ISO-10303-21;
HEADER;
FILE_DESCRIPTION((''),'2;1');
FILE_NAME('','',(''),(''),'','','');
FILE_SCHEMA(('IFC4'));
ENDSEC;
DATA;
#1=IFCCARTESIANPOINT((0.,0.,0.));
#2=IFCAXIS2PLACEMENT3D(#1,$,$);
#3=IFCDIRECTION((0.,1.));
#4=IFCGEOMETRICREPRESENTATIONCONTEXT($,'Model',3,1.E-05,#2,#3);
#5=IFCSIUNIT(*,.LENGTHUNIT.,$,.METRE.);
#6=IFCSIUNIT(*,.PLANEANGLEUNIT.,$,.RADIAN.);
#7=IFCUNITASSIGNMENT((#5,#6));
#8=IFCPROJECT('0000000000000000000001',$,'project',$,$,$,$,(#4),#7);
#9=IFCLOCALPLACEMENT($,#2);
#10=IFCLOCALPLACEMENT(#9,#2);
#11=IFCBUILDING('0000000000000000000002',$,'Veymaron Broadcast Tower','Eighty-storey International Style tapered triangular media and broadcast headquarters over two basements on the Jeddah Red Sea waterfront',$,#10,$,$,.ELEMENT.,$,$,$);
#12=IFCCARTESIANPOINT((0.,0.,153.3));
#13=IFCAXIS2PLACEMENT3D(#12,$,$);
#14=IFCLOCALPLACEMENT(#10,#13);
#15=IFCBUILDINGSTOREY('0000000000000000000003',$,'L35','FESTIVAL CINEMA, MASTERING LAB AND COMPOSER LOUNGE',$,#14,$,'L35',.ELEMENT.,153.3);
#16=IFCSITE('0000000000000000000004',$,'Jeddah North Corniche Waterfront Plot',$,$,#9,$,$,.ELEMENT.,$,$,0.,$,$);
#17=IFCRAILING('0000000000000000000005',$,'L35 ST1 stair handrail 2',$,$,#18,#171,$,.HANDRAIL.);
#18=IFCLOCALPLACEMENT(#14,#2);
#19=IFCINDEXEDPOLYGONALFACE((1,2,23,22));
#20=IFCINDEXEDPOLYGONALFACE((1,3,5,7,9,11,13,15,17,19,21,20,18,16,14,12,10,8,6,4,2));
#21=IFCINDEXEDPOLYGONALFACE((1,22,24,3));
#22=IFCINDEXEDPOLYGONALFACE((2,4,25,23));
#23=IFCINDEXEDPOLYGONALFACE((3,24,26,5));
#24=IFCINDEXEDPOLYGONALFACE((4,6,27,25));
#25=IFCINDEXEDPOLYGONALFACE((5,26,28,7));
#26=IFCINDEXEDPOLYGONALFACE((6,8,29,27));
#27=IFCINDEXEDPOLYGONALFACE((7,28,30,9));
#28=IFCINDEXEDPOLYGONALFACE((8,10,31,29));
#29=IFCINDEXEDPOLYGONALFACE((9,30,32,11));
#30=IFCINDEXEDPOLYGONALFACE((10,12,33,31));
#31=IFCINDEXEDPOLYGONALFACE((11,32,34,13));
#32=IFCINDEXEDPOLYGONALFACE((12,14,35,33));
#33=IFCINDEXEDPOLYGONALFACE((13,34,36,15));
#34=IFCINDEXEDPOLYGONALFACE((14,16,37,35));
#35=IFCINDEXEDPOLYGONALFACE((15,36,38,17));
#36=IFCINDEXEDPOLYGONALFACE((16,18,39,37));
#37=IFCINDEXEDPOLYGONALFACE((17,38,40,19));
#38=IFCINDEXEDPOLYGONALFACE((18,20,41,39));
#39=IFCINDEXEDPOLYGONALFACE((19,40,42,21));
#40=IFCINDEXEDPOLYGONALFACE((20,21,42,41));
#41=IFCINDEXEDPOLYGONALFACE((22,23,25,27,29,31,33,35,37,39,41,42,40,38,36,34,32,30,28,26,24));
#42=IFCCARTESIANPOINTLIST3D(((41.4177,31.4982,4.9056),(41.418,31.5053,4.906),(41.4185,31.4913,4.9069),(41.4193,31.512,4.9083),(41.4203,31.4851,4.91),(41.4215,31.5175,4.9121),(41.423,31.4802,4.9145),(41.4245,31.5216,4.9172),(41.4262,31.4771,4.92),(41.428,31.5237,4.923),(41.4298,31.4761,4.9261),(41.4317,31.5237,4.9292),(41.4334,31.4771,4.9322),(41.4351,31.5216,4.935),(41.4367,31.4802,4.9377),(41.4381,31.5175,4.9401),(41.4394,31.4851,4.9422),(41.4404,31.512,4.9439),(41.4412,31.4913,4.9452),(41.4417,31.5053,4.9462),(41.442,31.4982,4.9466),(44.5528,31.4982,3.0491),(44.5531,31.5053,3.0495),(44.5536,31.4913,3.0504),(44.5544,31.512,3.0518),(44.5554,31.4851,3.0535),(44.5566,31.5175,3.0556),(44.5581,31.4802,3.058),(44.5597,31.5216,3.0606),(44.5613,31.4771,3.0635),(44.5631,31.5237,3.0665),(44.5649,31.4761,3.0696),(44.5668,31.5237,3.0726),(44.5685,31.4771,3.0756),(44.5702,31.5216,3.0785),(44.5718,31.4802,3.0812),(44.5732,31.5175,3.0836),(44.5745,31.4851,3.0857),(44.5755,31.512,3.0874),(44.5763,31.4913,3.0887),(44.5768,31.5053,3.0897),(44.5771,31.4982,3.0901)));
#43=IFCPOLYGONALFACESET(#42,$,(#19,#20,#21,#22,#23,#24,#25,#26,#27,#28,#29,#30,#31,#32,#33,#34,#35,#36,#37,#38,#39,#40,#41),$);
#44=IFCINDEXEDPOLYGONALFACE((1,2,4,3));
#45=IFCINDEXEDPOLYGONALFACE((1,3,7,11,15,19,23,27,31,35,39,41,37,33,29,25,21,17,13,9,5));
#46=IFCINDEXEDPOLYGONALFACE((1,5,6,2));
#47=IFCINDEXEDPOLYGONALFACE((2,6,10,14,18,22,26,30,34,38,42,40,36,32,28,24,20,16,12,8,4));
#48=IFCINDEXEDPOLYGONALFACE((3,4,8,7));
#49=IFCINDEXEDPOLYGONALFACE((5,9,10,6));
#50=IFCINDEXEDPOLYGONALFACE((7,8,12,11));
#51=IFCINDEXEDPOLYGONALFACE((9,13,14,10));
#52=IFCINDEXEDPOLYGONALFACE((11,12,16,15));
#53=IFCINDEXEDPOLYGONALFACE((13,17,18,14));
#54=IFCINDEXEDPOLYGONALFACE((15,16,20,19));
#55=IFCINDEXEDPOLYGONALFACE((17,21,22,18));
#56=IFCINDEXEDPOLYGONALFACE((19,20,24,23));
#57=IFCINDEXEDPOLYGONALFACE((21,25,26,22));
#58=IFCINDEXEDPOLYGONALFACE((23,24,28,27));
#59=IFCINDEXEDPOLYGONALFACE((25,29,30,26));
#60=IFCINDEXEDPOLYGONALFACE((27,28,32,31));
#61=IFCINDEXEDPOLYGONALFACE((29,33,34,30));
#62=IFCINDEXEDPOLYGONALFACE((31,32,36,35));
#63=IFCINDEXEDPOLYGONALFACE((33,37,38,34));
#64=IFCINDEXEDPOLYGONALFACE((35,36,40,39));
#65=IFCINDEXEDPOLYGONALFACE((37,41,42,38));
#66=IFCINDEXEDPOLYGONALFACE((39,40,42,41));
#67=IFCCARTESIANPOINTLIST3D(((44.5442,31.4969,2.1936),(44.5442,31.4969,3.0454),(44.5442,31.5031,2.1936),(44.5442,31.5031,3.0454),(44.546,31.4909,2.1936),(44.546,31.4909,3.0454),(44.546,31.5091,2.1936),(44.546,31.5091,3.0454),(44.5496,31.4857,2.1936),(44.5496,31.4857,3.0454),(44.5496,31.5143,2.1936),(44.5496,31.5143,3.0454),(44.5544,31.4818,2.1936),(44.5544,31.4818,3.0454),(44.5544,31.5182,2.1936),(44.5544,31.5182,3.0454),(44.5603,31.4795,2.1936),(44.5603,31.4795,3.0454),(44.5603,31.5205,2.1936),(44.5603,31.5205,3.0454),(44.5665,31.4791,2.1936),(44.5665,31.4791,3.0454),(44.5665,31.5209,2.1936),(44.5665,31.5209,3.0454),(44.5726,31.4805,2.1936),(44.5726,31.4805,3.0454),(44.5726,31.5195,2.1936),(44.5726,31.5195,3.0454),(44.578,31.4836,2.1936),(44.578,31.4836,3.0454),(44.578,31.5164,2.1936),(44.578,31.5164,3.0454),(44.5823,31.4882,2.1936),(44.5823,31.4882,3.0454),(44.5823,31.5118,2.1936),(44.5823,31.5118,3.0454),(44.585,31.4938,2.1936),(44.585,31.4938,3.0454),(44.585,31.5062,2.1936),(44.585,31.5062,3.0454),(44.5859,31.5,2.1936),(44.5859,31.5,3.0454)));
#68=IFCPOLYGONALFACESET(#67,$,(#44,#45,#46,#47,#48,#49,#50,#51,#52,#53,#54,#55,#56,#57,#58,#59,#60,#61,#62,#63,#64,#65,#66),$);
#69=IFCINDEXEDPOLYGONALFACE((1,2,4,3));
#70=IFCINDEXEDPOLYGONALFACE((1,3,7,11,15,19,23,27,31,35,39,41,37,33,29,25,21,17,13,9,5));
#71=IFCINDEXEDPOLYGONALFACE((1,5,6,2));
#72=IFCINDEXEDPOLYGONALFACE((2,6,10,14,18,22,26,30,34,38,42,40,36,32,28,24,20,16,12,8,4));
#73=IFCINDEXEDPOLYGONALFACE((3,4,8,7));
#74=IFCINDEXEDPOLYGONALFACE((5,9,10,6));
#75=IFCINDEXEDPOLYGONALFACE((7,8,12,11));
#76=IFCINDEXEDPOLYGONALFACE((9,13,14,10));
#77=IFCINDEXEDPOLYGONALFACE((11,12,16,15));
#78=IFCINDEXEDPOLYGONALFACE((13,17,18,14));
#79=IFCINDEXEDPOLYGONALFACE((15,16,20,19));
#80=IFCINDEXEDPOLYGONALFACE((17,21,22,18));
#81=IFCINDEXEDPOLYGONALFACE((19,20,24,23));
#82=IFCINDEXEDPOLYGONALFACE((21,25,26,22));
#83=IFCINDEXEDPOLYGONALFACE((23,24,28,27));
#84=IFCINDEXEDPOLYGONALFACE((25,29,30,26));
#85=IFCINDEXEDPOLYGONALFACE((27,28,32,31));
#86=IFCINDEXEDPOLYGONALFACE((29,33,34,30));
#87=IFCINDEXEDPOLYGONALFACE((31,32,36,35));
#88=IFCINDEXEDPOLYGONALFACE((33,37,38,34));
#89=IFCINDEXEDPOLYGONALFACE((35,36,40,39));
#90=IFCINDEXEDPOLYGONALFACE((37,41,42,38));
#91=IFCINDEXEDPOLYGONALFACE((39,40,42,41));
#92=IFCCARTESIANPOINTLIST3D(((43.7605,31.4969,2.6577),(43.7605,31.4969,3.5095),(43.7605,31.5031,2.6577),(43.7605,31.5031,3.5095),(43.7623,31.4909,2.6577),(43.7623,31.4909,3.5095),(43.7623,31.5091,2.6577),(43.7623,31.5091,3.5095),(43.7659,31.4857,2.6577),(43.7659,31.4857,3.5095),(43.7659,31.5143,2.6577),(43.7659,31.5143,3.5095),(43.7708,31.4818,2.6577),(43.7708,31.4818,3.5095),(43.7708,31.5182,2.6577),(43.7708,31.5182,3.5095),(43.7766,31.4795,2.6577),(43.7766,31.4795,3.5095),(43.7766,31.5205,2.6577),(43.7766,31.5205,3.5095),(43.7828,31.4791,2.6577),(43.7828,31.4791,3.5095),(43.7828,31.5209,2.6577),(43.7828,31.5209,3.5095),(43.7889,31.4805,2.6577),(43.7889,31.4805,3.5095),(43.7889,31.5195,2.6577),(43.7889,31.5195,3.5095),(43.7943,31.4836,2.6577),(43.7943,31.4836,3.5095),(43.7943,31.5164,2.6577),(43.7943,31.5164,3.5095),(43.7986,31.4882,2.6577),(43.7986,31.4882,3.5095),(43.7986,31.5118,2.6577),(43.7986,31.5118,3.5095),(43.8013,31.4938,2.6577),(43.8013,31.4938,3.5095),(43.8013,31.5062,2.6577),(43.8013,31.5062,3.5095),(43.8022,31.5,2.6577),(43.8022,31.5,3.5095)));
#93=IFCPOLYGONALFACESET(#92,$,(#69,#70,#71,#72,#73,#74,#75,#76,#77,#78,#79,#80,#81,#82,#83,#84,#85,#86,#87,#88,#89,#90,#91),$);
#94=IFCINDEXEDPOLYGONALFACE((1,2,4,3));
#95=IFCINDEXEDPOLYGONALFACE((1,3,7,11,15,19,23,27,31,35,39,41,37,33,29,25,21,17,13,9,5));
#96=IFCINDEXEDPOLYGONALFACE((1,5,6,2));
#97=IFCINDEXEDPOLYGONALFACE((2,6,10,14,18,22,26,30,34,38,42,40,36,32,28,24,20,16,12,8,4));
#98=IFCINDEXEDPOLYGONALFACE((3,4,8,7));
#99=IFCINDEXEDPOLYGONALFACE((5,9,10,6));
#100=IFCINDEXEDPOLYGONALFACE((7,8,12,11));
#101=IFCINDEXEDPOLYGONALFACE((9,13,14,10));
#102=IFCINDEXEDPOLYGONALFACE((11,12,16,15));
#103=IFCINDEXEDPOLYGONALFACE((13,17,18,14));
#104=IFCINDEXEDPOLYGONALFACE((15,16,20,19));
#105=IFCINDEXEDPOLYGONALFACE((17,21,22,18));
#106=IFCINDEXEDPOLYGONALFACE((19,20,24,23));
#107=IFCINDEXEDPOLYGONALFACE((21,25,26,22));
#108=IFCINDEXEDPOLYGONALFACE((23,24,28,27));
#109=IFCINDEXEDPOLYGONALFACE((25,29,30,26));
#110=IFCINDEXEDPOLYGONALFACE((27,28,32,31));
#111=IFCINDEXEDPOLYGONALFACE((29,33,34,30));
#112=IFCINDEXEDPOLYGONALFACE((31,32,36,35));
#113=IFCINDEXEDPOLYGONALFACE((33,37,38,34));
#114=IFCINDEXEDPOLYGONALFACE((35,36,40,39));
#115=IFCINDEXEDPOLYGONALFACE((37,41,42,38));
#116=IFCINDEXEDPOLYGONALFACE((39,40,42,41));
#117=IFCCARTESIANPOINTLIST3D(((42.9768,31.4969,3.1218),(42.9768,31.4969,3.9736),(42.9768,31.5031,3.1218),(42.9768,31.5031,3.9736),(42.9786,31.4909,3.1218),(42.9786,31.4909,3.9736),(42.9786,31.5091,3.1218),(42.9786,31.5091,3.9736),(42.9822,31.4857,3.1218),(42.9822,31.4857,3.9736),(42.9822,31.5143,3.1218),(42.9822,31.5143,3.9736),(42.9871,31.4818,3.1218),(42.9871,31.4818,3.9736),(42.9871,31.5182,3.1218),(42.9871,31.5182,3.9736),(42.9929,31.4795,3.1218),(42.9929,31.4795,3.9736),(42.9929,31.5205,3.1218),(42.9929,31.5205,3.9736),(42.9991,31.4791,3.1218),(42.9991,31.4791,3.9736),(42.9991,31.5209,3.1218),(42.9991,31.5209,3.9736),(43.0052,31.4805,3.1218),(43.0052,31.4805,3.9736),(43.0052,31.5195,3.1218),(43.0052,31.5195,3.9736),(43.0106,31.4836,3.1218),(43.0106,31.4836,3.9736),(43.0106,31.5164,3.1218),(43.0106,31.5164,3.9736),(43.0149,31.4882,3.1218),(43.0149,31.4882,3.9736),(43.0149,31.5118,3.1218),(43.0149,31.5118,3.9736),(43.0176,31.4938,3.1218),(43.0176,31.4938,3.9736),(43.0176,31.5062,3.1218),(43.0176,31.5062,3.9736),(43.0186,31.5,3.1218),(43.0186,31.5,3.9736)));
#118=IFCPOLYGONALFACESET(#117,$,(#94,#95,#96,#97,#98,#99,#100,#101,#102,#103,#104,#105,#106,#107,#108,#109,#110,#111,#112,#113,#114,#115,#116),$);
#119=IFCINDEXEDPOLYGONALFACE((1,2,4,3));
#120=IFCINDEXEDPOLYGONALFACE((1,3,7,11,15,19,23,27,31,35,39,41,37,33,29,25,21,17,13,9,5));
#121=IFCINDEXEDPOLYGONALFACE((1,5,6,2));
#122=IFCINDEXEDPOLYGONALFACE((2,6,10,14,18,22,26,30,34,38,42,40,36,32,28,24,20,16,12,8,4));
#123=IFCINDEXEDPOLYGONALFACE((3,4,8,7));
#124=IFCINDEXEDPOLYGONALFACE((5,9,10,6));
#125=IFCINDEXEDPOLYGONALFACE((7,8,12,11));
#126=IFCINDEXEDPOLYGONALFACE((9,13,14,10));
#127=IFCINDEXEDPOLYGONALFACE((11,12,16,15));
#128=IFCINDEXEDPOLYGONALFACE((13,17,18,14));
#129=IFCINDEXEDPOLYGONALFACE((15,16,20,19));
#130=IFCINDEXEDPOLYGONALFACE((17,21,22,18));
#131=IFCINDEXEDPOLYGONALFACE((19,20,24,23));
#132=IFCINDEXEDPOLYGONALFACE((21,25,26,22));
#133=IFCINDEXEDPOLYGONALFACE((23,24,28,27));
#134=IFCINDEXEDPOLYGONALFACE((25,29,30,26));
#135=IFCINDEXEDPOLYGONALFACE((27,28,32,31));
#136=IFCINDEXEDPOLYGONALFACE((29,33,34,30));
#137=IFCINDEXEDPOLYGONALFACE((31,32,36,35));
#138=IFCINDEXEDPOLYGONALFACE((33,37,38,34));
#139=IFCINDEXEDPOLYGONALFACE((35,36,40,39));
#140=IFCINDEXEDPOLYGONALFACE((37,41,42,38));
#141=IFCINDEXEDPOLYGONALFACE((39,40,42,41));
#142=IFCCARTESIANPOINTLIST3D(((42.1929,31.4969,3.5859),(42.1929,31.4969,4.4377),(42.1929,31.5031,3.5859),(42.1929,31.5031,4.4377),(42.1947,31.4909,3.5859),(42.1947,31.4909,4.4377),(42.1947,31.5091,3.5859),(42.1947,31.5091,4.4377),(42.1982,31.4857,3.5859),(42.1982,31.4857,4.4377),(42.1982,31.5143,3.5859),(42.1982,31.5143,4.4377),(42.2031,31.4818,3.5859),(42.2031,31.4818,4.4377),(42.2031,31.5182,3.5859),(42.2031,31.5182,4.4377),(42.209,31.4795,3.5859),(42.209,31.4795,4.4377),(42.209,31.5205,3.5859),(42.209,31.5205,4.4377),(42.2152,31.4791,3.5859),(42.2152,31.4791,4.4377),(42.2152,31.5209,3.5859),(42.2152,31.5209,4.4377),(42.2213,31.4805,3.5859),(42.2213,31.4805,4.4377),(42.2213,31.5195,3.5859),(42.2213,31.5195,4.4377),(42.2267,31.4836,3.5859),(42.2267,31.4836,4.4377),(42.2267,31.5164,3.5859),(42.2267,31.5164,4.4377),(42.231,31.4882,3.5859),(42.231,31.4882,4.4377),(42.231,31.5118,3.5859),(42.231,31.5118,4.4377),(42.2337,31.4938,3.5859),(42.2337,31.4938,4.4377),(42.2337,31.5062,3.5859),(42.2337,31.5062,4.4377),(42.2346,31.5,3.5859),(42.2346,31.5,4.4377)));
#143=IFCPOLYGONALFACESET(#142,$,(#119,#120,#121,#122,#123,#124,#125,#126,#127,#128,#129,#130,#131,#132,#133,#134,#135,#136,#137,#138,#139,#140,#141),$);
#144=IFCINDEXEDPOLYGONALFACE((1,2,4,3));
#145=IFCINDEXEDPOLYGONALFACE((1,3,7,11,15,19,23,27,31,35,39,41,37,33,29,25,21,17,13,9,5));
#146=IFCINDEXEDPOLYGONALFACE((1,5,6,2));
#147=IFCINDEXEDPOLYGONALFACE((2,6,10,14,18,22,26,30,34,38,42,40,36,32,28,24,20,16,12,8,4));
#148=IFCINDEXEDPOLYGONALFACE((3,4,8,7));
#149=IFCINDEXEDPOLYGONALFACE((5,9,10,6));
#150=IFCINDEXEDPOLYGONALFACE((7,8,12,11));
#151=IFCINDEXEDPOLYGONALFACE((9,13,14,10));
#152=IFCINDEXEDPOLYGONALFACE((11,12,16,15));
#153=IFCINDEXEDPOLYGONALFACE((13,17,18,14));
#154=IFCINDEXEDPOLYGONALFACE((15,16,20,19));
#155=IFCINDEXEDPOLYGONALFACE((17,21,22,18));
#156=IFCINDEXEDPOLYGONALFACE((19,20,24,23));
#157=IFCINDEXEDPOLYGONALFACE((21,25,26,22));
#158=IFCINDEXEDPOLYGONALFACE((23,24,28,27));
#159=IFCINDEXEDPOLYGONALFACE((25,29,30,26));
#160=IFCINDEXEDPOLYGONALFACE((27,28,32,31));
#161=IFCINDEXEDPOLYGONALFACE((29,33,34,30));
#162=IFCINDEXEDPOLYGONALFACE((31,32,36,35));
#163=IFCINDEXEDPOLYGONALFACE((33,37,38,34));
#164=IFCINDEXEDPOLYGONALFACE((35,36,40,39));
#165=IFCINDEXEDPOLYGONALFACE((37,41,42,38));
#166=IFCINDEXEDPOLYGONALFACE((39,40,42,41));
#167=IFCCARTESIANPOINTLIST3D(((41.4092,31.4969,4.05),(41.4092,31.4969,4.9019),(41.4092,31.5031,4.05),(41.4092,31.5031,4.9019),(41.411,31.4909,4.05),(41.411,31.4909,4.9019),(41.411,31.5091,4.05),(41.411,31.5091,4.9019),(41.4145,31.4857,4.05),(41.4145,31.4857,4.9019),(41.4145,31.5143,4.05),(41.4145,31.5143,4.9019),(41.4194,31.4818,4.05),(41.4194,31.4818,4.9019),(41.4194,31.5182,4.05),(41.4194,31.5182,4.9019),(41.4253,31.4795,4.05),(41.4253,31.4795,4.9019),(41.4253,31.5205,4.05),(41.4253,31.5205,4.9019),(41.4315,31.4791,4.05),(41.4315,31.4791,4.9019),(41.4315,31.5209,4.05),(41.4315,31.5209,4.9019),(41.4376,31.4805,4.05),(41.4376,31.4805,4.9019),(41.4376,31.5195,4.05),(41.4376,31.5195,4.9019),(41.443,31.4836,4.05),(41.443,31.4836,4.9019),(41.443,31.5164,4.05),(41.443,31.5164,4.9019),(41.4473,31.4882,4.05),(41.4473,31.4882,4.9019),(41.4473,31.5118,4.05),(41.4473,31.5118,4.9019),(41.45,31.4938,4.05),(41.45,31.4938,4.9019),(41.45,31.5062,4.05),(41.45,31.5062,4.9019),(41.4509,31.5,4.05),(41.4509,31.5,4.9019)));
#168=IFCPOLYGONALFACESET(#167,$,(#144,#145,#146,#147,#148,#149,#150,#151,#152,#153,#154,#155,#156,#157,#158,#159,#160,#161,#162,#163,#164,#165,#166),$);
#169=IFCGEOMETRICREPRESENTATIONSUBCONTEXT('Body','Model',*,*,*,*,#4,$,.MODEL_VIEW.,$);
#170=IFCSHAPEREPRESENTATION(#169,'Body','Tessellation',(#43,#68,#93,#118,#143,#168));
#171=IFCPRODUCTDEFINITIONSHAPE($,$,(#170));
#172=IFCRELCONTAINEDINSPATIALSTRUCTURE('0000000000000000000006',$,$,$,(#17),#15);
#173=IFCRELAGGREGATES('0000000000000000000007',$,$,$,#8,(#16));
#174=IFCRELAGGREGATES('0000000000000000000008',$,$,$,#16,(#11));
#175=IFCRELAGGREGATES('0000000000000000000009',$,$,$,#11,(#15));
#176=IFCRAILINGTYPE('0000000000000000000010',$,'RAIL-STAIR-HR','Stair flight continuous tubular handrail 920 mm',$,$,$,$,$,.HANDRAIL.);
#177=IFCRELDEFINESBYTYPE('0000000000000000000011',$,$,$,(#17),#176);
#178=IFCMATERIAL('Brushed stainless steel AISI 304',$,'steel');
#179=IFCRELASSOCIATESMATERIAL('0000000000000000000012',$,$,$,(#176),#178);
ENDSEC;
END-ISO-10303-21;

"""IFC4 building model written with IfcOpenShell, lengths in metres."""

from ifc_helpers import new_model, si_unit, direction, frame, origin, origin_2d, place, context, subcontext, project, spatial, circle, extrude, material, type_object, element, save


model = new_model("IFC4")

# Units and contexts
model_context = context("Model", 3, precision=1e-05, world=origin(), true_north=direction((0.0, 1.0)))
body_context = subcontext(model_context, "Body", "Model", "MODEL_VIEW")
ifc_project = project(units=[si_unit("LENGTHUNIT", "METRE"), si_unit("PLANEANGLEUNIT", "RADIAN")], contexts=[model_context])

# Site, building, storey
site_placement = place(None, origin())
site = spatial("IfcSite", under=ifc_project, at=site_placement, Name="Jeddah North Corniche Waterfront Plot", CompositionType="ELEMENT", RefElevation=0.0)
building_placement = place(site_placement, origin())
building = spatial("IfcBuilding", under=site, at=building_placement, Name="Veymaron Broadcast Tower", Description="Eighty-storey International Style tapered triangular media and broadcast headquarters over two basements on the Jeddah Red Sea waterfront", CompositionType="ELEMENT")
storey_placement = place(building_placement, frame((0.0, 0.0, 153.3)))
storey = spatial("IfcBuildingStorey", under=building, at=storey_placement, Name="L35", Description="FESTIVAL CINEMA, MASTERING LAB AND COMPOSER LOUNGE", LongName="L35", CompositionType="ELEMENT", Elevation=153.3)

# Shared definitions
ifc_material_1 = material(Name="Brushed stainless steel AISI 304", Category="steel")

# Railing
railing_type_1 = type_object("IfcRailingType", Name="RAIL-STAIR-HR", Description="Stair flight continuous tubular handrail 920 mm", PredefinedType="HANDRAIL", material=ifc_material_1)
railing_1_placement = place(storey_placement, frame((44.5649, 31.5, 2.1936)))
element("IfcRailing", 1, at=railing_1_placement, inside=storey, type_object=railing_type_1, Name="L35 ST1 stair handrail 2", PredefinedType="HANDRAIL", context=body_context, shape_type="SweptSolid", body=[
    extrude(circle(Radius=0.0239, at=origin_2d()), frame((0.0, 0.0, 0.876), z_axis=(-0.860453, 0.0, 0.509531), x_axis=(0.0, -1.0, 0.0)), (0.0, 0.0, 1.0), 3.6436),
    extrude(circle(Radius=0.021, at=origin_2d()), origin(), (0.0, 0.0, 1.0), 0.8518),
    extrude(circle(Radius=0.021, at=origin_2d()), frame((-0.7837, 0.0, 0.4641)), (0.0, 0.0, 1.0), 0.8518),
    extrude(circle(Radius=0.021, at=origin_2d()), frame((-1.5674, 0.0, 0.9282)), (0.0, 0.0, 1.0), 0.8518),
    extrude(circle(Radius=0.021, at=origin_2d()), frame((-2.3513, 0.0, 1.3923)), (0.0, 0.0, 1.0), 0.8518),
    extrude(circle(Radius=0.021, at=origin_2d()), frame((-3.135, 0.0, 1.8564)), (0.0, 0.0, 1.0), 0.8518),
])

save(model, "model.ifc")
